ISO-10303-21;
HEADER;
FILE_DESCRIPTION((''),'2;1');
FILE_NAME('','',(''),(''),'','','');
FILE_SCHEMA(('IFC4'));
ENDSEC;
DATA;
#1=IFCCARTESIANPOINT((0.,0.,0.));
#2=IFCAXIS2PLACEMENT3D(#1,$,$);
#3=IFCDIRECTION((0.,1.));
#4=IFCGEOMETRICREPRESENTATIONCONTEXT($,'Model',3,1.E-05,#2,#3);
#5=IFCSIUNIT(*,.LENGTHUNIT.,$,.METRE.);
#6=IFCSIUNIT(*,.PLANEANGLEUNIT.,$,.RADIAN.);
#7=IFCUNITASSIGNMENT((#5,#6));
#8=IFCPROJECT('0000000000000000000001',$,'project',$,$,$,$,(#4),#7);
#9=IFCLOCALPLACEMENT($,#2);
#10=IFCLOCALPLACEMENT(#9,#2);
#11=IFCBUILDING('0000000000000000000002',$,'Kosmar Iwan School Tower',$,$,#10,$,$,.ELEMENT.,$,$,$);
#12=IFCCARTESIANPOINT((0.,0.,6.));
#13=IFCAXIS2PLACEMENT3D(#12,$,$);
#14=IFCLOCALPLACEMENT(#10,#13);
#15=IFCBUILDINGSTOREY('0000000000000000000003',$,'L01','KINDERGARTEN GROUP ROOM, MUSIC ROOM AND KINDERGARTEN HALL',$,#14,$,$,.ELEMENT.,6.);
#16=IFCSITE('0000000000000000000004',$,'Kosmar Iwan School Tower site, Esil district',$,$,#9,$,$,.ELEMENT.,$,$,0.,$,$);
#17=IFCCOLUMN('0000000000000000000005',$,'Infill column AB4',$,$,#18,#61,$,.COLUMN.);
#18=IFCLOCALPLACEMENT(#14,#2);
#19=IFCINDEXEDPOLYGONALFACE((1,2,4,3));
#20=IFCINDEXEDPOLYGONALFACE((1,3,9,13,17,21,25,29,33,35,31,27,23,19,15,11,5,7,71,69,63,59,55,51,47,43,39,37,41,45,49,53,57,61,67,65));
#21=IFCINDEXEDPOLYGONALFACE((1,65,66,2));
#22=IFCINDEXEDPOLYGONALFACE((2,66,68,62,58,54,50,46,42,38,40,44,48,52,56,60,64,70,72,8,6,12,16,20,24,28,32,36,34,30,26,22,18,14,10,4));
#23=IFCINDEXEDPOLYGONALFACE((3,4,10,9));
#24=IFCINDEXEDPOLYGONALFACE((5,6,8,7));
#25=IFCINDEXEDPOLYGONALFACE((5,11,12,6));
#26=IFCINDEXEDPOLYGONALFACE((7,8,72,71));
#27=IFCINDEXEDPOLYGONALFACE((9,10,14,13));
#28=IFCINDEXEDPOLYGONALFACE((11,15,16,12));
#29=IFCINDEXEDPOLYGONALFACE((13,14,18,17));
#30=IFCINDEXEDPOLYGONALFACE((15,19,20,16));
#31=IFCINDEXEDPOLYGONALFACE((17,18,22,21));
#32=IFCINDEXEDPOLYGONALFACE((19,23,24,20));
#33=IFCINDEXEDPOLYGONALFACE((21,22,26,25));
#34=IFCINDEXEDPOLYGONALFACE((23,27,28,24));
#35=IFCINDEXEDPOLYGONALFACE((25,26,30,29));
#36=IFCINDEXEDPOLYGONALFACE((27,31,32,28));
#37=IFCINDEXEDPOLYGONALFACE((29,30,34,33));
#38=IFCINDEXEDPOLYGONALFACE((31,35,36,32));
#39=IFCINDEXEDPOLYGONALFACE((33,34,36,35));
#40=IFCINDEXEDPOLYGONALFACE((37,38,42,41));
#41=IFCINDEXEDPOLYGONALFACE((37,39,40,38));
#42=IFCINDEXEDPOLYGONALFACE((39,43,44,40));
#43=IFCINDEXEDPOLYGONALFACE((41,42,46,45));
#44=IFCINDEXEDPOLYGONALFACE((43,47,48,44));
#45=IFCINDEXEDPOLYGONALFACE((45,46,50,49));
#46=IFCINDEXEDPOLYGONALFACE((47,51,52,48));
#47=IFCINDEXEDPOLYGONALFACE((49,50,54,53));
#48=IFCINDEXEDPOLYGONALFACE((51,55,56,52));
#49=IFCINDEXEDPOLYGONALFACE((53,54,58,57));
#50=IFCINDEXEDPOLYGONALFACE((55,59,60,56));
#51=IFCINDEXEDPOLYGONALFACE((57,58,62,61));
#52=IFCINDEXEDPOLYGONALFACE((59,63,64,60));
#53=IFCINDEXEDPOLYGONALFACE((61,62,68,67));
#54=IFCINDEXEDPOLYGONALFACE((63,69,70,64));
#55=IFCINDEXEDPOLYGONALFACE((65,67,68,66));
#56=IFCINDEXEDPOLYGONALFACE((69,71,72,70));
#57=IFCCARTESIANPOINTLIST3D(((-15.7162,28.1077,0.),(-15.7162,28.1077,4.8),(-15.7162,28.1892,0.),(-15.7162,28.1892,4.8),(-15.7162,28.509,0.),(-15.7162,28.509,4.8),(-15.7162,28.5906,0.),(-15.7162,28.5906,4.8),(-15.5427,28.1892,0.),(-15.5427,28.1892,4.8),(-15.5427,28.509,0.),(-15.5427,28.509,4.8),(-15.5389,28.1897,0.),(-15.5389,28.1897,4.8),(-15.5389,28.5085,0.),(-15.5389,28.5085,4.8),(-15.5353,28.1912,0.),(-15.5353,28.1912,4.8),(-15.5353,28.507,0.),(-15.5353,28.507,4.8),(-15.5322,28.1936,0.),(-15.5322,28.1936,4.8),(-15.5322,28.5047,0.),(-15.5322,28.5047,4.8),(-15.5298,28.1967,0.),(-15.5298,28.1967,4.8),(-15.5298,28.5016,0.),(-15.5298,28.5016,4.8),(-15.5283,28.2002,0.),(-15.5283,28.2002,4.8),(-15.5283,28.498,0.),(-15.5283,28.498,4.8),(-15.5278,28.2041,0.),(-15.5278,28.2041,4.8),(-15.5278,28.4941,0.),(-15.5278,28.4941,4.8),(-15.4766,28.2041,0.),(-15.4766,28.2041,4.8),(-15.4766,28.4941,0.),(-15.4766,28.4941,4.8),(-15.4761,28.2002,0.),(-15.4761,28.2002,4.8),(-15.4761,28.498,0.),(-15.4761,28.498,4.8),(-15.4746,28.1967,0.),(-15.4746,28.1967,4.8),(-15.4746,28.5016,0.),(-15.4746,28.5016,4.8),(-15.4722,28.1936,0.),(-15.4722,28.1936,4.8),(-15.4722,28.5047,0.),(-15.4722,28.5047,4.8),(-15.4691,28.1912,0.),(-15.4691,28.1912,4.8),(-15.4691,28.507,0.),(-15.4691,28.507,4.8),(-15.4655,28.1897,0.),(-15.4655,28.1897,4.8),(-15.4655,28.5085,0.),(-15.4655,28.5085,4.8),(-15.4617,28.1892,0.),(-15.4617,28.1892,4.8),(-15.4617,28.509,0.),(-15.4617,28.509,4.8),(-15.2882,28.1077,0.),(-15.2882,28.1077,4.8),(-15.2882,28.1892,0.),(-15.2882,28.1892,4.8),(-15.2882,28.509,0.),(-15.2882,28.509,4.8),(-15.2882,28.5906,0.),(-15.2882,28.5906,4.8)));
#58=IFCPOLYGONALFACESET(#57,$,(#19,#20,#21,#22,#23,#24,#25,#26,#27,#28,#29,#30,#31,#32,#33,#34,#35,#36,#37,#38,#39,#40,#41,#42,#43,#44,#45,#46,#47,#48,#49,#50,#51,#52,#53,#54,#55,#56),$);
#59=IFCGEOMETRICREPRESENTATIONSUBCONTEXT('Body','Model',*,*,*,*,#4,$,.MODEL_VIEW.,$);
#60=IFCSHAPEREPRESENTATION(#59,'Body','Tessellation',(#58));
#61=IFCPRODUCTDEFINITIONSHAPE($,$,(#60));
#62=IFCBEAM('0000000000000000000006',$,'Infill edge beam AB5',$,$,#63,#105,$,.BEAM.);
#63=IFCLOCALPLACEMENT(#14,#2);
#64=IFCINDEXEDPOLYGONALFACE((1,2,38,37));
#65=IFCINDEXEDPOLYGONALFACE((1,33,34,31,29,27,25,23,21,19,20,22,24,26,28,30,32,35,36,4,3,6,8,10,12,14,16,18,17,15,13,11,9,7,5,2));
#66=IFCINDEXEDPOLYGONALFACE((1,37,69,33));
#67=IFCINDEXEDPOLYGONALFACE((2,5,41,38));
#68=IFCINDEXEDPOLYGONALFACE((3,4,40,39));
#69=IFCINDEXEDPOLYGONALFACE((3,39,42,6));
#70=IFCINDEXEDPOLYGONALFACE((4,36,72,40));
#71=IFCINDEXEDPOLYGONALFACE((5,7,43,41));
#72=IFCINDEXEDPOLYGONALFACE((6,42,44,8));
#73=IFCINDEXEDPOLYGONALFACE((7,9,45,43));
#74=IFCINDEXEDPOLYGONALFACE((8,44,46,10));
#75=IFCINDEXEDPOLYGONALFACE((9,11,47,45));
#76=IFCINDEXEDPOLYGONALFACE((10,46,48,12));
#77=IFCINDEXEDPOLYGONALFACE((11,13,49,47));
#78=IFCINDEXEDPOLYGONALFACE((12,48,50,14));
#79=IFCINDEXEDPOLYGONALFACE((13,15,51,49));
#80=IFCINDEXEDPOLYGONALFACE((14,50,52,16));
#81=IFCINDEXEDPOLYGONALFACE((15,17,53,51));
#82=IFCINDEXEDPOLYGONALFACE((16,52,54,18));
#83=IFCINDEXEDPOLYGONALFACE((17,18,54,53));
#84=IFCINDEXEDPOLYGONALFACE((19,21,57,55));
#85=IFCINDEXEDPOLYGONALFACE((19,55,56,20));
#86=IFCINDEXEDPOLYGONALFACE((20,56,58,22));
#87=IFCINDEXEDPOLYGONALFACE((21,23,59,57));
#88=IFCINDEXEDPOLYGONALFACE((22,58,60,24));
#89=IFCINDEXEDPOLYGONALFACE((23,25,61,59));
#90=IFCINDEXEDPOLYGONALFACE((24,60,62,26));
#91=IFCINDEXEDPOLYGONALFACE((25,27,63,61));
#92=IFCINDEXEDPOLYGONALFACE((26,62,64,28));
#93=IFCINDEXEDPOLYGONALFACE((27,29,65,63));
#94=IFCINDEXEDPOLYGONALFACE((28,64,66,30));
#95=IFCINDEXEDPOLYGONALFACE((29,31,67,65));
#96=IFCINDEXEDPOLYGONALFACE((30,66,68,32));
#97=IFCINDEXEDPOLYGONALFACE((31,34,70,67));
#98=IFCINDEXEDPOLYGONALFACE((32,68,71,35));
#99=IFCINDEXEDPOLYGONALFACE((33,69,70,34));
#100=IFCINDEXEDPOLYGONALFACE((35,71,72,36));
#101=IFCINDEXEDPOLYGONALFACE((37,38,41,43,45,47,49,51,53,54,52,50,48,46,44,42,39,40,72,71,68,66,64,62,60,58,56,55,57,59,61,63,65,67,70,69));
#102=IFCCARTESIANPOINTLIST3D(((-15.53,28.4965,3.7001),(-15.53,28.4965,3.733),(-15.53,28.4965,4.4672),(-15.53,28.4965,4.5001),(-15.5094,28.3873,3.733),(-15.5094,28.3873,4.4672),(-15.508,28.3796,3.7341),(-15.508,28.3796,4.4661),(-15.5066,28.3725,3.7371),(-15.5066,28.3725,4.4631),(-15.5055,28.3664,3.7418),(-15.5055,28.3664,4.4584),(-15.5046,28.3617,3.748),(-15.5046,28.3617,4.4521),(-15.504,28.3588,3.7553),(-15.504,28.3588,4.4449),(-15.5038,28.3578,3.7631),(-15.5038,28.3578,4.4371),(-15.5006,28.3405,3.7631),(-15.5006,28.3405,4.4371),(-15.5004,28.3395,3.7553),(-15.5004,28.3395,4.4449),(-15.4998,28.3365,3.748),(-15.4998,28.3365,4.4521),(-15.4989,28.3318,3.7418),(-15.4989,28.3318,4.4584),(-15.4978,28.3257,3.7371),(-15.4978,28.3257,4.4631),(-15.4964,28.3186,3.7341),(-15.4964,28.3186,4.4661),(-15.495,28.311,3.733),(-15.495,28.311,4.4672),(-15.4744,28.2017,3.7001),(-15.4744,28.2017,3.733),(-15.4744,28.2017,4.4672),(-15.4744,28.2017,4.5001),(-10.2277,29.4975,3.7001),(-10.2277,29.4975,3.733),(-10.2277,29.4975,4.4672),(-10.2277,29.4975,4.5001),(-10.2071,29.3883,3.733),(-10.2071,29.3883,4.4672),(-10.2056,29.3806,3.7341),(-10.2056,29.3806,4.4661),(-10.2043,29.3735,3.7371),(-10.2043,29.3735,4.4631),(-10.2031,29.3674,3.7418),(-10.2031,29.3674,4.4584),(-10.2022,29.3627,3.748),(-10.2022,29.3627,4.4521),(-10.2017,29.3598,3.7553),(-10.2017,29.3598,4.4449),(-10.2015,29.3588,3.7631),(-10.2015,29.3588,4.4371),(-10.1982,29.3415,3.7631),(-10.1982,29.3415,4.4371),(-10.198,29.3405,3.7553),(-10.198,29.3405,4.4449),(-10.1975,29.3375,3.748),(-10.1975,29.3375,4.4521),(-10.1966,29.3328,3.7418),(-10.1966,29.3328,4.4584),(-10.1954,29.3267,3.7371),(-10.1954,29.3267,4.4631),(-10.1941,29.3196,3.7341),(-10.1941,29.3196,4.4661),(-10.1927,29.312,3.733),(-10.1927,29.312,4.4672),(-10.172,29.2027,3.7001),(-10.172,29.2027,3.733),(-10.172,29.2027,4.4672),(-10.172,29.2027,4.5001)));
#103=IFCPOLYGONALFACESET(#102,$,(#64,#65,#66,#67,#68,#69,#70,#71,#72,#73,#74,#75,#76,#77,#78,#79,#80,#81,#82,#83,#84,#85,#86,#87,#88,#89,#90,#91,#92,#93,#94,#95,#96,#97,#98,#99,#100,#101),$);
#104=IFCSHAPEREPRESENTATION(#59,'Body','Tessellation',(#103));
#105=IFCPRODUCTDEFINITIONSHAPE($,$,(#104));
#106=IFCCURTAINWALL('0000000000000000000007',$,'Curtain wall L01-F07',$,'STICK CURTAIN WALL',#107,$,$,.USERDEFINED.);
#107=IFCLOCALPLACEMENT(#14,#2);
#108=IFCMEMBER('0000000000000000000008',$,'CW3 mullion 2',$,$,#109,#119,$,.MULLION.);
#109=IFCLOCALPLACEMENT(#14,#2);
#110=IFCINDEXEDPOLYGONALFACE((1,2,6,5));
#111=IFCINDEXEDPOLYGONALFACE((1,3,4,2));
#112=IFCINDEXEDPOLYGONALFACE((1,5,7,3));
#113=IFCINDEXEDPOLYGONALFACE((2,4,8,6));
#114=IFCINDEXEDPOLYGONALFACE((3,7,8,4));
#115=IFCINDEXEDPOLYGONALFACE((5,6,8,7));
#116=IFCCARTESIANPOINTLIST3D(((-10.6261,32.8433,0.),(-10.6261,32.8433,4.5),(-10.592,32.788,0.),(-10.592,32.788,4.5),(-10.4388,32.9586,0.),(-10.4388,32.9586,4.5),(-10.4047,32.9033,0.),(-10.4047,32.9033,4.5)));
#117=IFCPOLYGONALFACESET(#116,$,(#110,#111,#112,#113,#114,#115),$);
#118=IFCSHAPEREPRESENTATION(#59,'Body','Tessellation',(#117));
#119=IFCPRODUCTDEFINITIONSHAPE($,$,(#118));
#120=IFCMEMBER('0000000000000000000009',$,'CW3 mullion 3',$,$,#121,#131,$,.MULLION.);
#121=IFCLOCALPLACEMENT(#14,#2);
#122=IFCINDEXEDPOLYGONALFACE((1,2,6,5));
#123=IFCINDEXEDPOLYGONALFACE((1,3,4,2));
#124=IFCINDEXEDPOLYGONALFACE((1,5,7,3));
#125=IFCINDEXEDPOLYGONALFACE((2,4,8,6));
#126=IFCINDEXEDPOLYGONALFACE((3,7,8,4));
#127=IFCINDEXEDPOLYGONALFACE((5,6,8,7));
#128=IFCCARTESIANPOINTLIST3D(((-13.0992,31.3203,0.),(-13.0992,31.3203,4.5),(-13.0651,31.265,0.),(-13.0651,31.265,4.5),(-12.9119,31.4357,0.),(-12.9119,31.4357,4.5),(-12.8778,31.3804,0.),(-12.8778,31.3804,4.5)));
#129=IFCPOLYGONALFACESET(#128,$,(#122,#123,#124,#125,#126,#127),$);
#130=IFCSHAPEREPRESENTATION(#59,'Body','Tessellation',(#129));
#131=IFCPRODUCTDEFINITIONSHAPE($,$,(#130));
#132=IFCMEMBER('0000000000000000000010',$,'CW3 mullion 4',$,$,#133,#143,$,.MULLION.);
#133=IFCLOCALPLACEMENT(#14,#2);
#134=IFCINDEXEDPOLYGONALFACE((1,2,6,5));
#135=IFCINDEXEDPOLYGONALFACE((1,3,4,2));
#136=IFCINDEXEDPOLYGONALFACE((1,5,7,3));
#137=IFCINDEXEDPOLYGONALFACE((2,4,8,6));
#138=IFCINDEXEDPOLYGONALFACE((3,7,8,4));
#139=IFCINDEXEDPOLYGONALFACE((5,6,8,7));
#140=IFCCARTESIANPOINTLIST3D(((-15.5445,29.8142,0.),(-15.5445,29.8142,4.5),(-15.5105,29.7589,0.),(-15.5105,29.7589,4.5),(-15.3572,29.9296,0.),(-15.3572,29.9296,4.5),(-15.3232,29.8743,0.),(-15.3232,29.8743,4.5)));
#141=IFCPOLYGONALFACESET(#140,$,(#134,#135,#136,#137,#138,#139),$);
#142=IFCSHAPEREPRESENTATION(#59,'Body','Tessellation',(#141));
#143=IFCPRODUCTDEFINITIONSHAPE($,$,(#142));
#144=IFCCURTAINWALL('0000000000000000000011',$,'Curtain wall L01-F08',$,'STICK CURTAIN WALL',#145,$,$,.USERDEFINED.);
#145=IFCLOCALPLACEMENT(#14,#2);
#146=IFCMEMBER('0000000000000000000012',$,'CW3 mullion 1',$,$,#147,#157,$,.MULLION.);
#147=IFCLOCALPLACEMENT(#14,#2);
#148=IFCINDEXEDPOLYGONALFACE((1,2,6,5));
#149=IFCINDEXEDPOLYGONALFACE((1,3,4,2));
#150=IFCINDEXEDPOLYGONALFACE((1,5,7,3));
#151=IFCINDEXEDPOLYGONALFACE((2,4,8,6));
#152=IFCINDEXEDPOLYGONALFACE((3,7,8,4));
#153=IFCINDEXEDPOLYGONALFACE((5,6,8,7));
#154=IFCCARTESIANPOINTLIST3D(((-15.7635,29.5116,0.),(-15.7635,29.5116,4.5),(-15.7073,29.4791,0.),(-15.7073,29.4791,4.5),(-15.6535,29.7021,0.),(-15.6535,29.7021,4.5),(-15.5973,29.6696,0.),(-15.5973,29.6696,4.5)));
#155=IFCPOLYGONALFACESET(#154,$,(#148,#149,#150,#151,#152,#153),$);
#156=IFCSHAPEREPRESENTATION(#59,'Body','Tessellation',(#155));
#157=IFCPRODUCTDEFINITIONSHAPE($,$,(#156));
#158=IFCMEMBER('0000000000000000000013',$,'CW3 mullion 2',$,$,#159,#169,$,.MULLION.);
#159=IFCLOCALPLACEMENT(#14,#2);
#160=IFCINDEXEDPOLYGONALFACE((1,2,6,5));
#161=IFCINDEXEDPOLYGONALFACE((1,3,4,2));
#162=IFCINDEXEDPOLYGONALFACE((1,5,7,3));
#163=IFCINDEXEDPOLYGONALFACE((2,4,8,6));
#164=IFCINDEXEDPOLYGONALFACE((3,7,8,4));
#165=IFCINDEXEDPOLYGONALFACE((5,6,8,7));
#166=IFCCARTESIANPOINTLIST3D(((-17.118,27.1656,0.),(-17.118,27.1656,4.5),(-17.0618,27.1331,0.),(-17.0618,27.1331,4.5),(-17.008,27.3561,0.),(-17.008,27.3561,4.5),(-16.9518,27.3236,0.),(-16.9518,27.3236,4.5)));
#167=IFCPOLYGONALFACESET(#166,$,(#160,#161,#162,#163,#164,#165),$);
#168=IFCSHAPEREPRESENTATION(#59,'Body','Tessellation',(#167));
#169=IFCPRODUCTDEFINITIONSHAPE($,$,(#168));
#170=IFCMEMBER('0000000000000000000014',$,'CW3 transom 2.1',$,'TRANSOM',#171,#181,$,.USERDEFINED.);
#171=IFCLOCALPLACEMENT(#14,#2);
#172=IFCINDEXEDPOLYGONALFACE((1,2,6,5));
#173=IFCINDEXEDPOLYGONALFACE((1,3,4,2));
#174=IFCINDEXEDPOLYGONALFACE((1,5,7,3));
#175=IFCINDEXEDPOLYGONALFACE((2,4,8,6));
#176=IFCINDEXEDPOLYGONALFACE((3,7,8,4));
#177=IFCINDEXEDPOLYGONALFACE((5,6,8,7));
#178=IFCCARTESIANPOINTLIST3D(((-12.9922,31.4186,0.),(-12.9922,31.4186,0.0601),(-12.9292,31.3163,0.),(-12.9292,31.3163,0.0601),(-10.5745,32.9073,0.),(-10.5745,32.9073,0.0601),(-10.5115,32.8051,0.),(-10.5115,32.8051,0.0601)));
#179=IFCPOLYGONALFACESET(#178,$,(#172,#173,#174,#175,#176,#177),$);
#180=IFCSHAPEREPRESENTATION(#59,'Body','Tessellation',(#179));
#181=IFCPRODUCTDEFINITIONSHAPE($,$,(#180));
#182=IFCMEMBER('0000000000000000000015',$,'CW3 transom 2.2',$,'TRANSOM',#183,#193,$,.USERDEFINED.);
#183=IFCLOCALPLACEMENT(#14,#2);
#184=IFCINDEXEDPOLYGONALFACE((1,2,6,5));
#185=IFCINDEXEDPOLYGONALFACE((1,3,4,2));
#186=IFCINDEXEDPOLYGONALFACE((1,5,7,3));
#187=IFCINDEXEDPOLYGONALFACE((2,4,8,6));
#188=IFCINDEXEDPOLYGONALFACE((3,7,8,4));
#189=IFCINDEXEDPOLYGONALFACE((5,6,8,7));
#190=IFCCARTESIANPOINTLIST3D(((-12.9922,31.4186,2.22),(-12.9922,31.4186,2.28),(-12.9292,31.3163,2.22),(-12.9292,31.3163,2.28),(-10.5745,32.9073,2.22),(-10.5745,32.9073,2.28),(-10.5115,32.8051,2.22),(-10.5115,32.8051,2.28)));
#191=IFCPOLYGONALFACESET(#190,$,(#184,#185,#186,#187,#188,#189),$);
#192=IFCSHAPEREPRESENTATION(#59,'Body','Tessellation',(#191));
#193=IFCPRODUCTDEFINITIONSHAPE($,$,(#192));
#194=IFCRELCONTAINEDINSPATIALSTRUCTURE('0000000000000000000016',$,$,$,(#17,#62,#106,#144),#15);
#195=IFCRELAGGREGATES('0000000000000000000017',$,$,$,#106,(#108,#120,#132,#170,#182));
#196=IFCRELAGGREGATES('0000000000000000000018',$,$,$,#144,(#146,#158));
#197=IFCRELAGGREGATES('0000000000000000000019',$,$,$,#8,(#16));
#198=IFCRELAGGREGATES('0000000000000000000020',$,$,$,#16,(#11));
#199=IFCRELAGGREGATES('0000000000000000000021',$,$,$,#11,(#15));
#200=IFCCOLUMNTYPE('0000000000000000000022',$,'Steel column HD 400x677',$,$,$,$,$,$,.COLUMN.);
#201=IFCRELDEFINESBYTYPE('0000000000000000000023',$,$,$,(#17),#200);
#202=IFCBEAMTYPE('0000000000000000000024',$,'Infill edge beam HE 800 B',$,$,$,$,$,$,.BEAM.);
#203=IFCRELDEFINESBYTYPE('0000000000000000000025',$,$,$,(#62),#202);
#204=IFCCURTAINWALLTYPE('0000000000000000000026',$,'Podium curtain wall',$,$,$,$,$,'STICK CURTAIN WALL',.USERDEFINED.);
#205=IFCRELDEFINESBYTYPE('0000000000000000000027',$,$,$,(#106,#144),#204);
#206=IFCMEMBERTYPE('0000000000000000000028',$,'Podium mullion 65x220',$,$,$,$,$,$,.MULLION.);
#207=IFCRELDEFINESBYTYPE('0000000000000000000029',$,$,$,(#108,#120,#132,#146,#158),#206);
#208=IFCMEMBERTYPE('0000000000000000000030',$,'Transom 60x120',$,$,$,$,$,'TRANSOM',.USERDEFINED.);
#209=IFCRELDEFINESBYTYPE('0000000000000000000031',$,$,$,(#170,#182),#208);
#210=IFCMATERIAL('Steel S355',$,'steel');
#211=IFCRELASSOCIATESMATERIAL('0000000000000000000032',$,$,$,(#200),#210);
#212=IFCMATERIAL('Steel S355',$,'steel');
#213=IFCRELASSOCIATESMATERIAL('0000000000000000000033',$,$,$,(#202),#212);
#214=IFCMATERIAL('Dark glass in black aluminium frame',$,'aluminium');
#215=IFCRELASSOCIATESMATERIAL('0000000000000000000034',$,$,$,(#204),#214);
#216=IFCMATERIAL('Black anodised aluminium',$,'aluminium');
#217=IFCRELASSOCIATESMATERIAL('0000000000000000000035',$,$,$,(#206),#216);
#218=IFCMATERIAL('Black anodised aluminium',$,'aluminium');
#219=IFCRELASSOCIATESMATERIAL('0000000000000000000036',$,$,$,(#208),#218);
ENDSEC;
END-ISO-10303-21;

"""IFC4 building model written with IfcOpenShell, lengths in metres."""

from ifc_helpers import new_model, si_unit, direction, frame, origin, origin_2d, place, context, subcontext, project, spatial, rectangle, i_section, extrude, material, material_profile, profile_set, type_object, element, aggregate, save


model = new_model("IFC4")

# Units and contexts
model_context = context("Model", 3, precision=1e-05, world=origin(), true_north=direction((0.0, 1.0)))
body_context = subcontext(model_context, "Body", "Model", "MODEL_VIEW")
ifc_project = project(units=[si_unit("LENGTHUNIT", "METRE"), si_unit("PLANEANGLEUNIT", "RADIAN")], contexts=[model_context])

# Site, building, storey
site_placement = place(None, origin())
site = spatial("IfcSite", under=ifc_project, at=site_placement, Name="Kosmar Iwan School Tower site, Esil district", CompositionType="ELEMENT", RefElevation=0.0)
building_placement = place(site_placement, origin())
building = spatial("IfcBuilding", under=site, at=building_placement, Name="Kosmar Iwan School Tower", CompositionType="ELEMENT")
storey_placement = place(building_placement, frame((0.0, 0.0, 6.0)))
storey = spatial("IfcBuildingStorey", under=building, at=storey_placement, Name="L01", Description="KINDERGARTEN GROUP ROOM, MUSIC ROOM AND KINDERGARTEN HALL", CompositionType="ELEMENT", Elevation=6.0)

# Column
ifc_material_1 = material(Name="Steel S355", Category="steel")
ifc_material_profile_1 = material_profile(ifc_material_1, i_section(OverallWidth=0.428, OverallDepth=0.4829, WebThickness=0.0513, FlangeThickness=0.0815, FilletRadius=0.0149, at=origin_2d()), Name="HD 400x677")
ifc_profile_set_1 = profile_set([ifc_material_profile_1], Name="Steel S355")
column_type = type_object("IfcColumnType", Name="Steel column HD 400x677", PredefinedType="COLUMN", material=ifc_profile_set_1)
column_placement = place(storey_placement, frame((-15.5022, 28.3491, 0.0), z_axis=(0.0, 0.0, 1.0), x_axis=(1.0, 0.0, 0.0)))
element("IfcColumn", 1, at=column_placement, inside=storey, type_object=column_type, Name="Infill column AB4", PredefinedType="COLUMN", context=body_context, shape_type="SweptSolid", body=[
    extrude(i_section(OverallWidth=0.428, OverallDepth=0.4829, WebThickness=0.0513, FlangeThickness=0.0815, FilletRadius=0.0149, at=origin_2d()), origin(), (0.0, 0.0, 1.0), 4.8),
])

# Beam
ifc_material_2 = material(Name="Steel S355", Category="steel")
ifc_material_profile_2 = material_profile(ifc_material_2, i_section(OverallWidth=0.3, OverallDepth=0.8, WebThickness=0.0176, FlangeThickness=0.033, FilletRadius=0.03, at=origin_2d()), Name="HE 800 B")
ifc_profile_set_2 = profile_set([ifc_material_profile_2], Name="Steel S355")
beam_type = type_object("IfcBeamType", Name="Infill edge beam HE 800 B", PredefinedType="BEAM", material=ifc_profile_set_2)
beam_placement = place(storey_placement, frame((-15.5022, 28.3491, 4.1001), z_axis=(0.982643, 0.185507, 0.0), x_axis=(-0.185507, 0.982643, 0.0)))
element("IfcBeam", 2, at=beam_placement, inside=storey, type_object=beam_type, Name="Infill edge beam AB5", PredefinedType="BEAM", context=body_context, shape_type="SweptSolid", body=[
    extrude(i_section(OverallWidth=0.3, OverallDepth=0.8, WebThickness=0.0176, FlangeThickness=0.033, FilletRadius=0.03, at=origin_2d()), origin(), (0.0, 0.0, 1.0), 5.396),
])

# Curtain walls, members
ifc_material_3 = material(Name="Dark glass in black aluminium frame", Category="aluminium")
curtain_wall_type = type_object("IfcCurtainWallType", Name="Podium curtain wall", ElementType="STICK CURTAIN WALL", PredefinedType="USERDEFINED", material=ifc_material_3)
curtain_wall_1_placement = place(storey_placement, origin())
curtain_wall_1 = element("IfcCurtainWall", 3, at=curtain_wall_1_placement, inside=storey, type_object=curtain_wall_type, Name="Curtain wall L01-F07", ObjectType="STICK CURTAIN WALL", PredefinedType="USERDEFINED")
ifc_material_4 = material(Name="Black anodised aluminium", Category="aluminium")
ifc_material_profile_3 = material_profile(ifc_material_4, rectangle(XDim=0.0649, YDim=0.22, at=origin_2d()), Name="MULLION 65x220")
ifc_profile_set_3 = profile_set([ifc_material_profile_3], Name="Black anodised aluminium")
member_type_1 = type_object("IfcMemberType", Name="Podium mullion 65x220", PredefinedType="MULLION", material=ifc_profile_set_3)
member_1_placement = place(storey_placement, frame((-10.5154, 32.8733, 0.0), z_axis=(0.0, 0.0, 1.0), x_axis=(0.524382, -0.851483, 0.0)))
member_1 = element("IfcMember", 4, at=member_1_placement, type_object=member_type_1, Name="CW3 mullion 2", PredefinedType="MULLION", context=body_context, shape_type="SweptSolid", body=[
    extrude(rectangle(XDim=0.0649, YDim=0.22, at=origin_2d()), origin(), (0.0, 0.0, 1.0), 4.5),
])
member_2_placement = place(storey_placement, frame((-12.9885, 31.3503, 0.0), z_axis=(0.0, 0.0, 1.0), x_axis=(0.524382, -0.851483, 0.0)))
member_2 = element("IfcMember", 5, at=member_2_placement, type_object=member_type_1, Name="CW3 mullion 3", PredefinedType="MULLION", context=body_context, shape_type="SweptSolid", body=[
    extrude(rectangle(XDim=0.0649, YDim=0.22, at=origin_2d()), origin(), (0.0, 0.0, 1.0), 4.5),
])
member_3_placement = place(storey_placement, frame((-15.4338, 29.8442, 0.0), z_axis=(0.0, 0.0, 1.0), x_axis=(0.524382, -0.851483, 0.0)))
member_3 = element("IfcMember", 6, at=member_3_placement, type_object=member_type_1, Name="CW3 mullion 4", PredefinedType="MULLION", context=body_context, shape_type="SweptSolid", body=[
    extrude(rectangle(XDim=0.0649, YDim=0.22, at=origin_2d()), origin(), (0.0, 0.0, 1.0), 4.5),
])
curtain_wall_2_placement = place(storey_placement, origin())
curtain_wall_2 = element("IfcCurtainWall", 7, at=curtain_wall_2_placement, inside=storey, type_object=curtain_wall_type, Name="Curtain wall L01-F08", ObjectType="STICK CURTAIN WALL", PredefinedType="USERDEFINED")
member_4_placement = place(storey_placement, frame((-15.6804, 29.5906, 0.0), z_axis=(0.0, 0.0, 1.0), x_axis=(0.866025, -0.5, 0.0)))
member_4 = element("IfcMember", 8, at=member_4_placement, type_object=member_type_1, Name="CW3 mullion 1", PredefinedType="MULLION", context=body_context, shape_type="SweptSolid", body=[
    extrude(rectangle(XDim=0.0649, YDim=0.22, at=origin_2d()), origin(), (0.0, 0.0, 1.0), 4.5),
])
member_5_placement = place(storey_placement, frame((-17.0349, 27.2446, 0.0), z_axis=(0.0, 0.0, 1.0), x_axis=(0.866025, -0.5, 0.0)))
member_5 = element("IfcMember", 9, at=member_5_placement, type_object=member_type_1, Name="CW3 mullion 2", PredefinedType="MULLION", context=body_context, shape_type="SweptSolid", body=[
    extrude(rectangle(XDim=0.0649, YDim=0.22, at=origin_2d()), origin(), (0.0, 0.0, 1.0), 4.5),
])

# Members
ifc_material_5 = material(Name="Black anodised aluminium", Category="aluminium")
ifc_material_profile_4 = material_profile(ifc_material_5, rectangle(XDim=0.1201, YDim=0.0601, at=origin_2d()), Name="TRANSOM 60x120")
ifc_profile_set_4 = profile_set([ifc_material_profile_4], Name="Black anodised aluminium")
member_type_2 = type_object("IfcMemberType", Name="Transom 60x120", ElementType="TRANSOM", PredefinedType="USERDEFINED", material=ifc_profile_set_4)
member_6_placement = place(storey_placement, frame((-10.543, 32.8562, 0.03), z_axis=(-0.851511, -0.524337, 0.0), x_axis=(0.524337, -0.851511, 0.0)))
member_6 = element("IfcMember", 10, at=member_6_placement, type_object=member_type_2, Name="CW3 transom 2.1", ObjectType="TRANSOM", PredefinedType="USERDEFINED", context=body_context, shape_type="SweptSolid", body=[
    extrude(rectangle(XDim=0.1201, YDim=0.0601, at=origin_2d()), origin(), (0.0, 0.0, 1.0), 2.8394),
])
member_7_placement = place(storey_placement, frame((-10.543, 32.8562, 2.25), z_axis=(-0.851511, -0.524337, 0.0), x_axis=(0.524337, -0.851511, 0.0)))
member_7 = element("IfcMember", 11, at=member_7_placement, type_object=member_type_2, Name="CW3 transom 2.2", ObjectType="TRANSOM", PredefinedType="USERDEFINED", context=body_context, shape_type="SweptSolid", body=[
    extrude(rectangle(XDim=0.1201, YDim=0.0601, at=origin_2d()), origin(), (0.0, 0.0, 1.0), 2.8394),
])

aggregate(curtain_wall_1, [member_1, member_2, member_3, member_6, member_7])
aggregate(curtain_wall_2, [member_4, member_5])

save(model, "model.ifc")
